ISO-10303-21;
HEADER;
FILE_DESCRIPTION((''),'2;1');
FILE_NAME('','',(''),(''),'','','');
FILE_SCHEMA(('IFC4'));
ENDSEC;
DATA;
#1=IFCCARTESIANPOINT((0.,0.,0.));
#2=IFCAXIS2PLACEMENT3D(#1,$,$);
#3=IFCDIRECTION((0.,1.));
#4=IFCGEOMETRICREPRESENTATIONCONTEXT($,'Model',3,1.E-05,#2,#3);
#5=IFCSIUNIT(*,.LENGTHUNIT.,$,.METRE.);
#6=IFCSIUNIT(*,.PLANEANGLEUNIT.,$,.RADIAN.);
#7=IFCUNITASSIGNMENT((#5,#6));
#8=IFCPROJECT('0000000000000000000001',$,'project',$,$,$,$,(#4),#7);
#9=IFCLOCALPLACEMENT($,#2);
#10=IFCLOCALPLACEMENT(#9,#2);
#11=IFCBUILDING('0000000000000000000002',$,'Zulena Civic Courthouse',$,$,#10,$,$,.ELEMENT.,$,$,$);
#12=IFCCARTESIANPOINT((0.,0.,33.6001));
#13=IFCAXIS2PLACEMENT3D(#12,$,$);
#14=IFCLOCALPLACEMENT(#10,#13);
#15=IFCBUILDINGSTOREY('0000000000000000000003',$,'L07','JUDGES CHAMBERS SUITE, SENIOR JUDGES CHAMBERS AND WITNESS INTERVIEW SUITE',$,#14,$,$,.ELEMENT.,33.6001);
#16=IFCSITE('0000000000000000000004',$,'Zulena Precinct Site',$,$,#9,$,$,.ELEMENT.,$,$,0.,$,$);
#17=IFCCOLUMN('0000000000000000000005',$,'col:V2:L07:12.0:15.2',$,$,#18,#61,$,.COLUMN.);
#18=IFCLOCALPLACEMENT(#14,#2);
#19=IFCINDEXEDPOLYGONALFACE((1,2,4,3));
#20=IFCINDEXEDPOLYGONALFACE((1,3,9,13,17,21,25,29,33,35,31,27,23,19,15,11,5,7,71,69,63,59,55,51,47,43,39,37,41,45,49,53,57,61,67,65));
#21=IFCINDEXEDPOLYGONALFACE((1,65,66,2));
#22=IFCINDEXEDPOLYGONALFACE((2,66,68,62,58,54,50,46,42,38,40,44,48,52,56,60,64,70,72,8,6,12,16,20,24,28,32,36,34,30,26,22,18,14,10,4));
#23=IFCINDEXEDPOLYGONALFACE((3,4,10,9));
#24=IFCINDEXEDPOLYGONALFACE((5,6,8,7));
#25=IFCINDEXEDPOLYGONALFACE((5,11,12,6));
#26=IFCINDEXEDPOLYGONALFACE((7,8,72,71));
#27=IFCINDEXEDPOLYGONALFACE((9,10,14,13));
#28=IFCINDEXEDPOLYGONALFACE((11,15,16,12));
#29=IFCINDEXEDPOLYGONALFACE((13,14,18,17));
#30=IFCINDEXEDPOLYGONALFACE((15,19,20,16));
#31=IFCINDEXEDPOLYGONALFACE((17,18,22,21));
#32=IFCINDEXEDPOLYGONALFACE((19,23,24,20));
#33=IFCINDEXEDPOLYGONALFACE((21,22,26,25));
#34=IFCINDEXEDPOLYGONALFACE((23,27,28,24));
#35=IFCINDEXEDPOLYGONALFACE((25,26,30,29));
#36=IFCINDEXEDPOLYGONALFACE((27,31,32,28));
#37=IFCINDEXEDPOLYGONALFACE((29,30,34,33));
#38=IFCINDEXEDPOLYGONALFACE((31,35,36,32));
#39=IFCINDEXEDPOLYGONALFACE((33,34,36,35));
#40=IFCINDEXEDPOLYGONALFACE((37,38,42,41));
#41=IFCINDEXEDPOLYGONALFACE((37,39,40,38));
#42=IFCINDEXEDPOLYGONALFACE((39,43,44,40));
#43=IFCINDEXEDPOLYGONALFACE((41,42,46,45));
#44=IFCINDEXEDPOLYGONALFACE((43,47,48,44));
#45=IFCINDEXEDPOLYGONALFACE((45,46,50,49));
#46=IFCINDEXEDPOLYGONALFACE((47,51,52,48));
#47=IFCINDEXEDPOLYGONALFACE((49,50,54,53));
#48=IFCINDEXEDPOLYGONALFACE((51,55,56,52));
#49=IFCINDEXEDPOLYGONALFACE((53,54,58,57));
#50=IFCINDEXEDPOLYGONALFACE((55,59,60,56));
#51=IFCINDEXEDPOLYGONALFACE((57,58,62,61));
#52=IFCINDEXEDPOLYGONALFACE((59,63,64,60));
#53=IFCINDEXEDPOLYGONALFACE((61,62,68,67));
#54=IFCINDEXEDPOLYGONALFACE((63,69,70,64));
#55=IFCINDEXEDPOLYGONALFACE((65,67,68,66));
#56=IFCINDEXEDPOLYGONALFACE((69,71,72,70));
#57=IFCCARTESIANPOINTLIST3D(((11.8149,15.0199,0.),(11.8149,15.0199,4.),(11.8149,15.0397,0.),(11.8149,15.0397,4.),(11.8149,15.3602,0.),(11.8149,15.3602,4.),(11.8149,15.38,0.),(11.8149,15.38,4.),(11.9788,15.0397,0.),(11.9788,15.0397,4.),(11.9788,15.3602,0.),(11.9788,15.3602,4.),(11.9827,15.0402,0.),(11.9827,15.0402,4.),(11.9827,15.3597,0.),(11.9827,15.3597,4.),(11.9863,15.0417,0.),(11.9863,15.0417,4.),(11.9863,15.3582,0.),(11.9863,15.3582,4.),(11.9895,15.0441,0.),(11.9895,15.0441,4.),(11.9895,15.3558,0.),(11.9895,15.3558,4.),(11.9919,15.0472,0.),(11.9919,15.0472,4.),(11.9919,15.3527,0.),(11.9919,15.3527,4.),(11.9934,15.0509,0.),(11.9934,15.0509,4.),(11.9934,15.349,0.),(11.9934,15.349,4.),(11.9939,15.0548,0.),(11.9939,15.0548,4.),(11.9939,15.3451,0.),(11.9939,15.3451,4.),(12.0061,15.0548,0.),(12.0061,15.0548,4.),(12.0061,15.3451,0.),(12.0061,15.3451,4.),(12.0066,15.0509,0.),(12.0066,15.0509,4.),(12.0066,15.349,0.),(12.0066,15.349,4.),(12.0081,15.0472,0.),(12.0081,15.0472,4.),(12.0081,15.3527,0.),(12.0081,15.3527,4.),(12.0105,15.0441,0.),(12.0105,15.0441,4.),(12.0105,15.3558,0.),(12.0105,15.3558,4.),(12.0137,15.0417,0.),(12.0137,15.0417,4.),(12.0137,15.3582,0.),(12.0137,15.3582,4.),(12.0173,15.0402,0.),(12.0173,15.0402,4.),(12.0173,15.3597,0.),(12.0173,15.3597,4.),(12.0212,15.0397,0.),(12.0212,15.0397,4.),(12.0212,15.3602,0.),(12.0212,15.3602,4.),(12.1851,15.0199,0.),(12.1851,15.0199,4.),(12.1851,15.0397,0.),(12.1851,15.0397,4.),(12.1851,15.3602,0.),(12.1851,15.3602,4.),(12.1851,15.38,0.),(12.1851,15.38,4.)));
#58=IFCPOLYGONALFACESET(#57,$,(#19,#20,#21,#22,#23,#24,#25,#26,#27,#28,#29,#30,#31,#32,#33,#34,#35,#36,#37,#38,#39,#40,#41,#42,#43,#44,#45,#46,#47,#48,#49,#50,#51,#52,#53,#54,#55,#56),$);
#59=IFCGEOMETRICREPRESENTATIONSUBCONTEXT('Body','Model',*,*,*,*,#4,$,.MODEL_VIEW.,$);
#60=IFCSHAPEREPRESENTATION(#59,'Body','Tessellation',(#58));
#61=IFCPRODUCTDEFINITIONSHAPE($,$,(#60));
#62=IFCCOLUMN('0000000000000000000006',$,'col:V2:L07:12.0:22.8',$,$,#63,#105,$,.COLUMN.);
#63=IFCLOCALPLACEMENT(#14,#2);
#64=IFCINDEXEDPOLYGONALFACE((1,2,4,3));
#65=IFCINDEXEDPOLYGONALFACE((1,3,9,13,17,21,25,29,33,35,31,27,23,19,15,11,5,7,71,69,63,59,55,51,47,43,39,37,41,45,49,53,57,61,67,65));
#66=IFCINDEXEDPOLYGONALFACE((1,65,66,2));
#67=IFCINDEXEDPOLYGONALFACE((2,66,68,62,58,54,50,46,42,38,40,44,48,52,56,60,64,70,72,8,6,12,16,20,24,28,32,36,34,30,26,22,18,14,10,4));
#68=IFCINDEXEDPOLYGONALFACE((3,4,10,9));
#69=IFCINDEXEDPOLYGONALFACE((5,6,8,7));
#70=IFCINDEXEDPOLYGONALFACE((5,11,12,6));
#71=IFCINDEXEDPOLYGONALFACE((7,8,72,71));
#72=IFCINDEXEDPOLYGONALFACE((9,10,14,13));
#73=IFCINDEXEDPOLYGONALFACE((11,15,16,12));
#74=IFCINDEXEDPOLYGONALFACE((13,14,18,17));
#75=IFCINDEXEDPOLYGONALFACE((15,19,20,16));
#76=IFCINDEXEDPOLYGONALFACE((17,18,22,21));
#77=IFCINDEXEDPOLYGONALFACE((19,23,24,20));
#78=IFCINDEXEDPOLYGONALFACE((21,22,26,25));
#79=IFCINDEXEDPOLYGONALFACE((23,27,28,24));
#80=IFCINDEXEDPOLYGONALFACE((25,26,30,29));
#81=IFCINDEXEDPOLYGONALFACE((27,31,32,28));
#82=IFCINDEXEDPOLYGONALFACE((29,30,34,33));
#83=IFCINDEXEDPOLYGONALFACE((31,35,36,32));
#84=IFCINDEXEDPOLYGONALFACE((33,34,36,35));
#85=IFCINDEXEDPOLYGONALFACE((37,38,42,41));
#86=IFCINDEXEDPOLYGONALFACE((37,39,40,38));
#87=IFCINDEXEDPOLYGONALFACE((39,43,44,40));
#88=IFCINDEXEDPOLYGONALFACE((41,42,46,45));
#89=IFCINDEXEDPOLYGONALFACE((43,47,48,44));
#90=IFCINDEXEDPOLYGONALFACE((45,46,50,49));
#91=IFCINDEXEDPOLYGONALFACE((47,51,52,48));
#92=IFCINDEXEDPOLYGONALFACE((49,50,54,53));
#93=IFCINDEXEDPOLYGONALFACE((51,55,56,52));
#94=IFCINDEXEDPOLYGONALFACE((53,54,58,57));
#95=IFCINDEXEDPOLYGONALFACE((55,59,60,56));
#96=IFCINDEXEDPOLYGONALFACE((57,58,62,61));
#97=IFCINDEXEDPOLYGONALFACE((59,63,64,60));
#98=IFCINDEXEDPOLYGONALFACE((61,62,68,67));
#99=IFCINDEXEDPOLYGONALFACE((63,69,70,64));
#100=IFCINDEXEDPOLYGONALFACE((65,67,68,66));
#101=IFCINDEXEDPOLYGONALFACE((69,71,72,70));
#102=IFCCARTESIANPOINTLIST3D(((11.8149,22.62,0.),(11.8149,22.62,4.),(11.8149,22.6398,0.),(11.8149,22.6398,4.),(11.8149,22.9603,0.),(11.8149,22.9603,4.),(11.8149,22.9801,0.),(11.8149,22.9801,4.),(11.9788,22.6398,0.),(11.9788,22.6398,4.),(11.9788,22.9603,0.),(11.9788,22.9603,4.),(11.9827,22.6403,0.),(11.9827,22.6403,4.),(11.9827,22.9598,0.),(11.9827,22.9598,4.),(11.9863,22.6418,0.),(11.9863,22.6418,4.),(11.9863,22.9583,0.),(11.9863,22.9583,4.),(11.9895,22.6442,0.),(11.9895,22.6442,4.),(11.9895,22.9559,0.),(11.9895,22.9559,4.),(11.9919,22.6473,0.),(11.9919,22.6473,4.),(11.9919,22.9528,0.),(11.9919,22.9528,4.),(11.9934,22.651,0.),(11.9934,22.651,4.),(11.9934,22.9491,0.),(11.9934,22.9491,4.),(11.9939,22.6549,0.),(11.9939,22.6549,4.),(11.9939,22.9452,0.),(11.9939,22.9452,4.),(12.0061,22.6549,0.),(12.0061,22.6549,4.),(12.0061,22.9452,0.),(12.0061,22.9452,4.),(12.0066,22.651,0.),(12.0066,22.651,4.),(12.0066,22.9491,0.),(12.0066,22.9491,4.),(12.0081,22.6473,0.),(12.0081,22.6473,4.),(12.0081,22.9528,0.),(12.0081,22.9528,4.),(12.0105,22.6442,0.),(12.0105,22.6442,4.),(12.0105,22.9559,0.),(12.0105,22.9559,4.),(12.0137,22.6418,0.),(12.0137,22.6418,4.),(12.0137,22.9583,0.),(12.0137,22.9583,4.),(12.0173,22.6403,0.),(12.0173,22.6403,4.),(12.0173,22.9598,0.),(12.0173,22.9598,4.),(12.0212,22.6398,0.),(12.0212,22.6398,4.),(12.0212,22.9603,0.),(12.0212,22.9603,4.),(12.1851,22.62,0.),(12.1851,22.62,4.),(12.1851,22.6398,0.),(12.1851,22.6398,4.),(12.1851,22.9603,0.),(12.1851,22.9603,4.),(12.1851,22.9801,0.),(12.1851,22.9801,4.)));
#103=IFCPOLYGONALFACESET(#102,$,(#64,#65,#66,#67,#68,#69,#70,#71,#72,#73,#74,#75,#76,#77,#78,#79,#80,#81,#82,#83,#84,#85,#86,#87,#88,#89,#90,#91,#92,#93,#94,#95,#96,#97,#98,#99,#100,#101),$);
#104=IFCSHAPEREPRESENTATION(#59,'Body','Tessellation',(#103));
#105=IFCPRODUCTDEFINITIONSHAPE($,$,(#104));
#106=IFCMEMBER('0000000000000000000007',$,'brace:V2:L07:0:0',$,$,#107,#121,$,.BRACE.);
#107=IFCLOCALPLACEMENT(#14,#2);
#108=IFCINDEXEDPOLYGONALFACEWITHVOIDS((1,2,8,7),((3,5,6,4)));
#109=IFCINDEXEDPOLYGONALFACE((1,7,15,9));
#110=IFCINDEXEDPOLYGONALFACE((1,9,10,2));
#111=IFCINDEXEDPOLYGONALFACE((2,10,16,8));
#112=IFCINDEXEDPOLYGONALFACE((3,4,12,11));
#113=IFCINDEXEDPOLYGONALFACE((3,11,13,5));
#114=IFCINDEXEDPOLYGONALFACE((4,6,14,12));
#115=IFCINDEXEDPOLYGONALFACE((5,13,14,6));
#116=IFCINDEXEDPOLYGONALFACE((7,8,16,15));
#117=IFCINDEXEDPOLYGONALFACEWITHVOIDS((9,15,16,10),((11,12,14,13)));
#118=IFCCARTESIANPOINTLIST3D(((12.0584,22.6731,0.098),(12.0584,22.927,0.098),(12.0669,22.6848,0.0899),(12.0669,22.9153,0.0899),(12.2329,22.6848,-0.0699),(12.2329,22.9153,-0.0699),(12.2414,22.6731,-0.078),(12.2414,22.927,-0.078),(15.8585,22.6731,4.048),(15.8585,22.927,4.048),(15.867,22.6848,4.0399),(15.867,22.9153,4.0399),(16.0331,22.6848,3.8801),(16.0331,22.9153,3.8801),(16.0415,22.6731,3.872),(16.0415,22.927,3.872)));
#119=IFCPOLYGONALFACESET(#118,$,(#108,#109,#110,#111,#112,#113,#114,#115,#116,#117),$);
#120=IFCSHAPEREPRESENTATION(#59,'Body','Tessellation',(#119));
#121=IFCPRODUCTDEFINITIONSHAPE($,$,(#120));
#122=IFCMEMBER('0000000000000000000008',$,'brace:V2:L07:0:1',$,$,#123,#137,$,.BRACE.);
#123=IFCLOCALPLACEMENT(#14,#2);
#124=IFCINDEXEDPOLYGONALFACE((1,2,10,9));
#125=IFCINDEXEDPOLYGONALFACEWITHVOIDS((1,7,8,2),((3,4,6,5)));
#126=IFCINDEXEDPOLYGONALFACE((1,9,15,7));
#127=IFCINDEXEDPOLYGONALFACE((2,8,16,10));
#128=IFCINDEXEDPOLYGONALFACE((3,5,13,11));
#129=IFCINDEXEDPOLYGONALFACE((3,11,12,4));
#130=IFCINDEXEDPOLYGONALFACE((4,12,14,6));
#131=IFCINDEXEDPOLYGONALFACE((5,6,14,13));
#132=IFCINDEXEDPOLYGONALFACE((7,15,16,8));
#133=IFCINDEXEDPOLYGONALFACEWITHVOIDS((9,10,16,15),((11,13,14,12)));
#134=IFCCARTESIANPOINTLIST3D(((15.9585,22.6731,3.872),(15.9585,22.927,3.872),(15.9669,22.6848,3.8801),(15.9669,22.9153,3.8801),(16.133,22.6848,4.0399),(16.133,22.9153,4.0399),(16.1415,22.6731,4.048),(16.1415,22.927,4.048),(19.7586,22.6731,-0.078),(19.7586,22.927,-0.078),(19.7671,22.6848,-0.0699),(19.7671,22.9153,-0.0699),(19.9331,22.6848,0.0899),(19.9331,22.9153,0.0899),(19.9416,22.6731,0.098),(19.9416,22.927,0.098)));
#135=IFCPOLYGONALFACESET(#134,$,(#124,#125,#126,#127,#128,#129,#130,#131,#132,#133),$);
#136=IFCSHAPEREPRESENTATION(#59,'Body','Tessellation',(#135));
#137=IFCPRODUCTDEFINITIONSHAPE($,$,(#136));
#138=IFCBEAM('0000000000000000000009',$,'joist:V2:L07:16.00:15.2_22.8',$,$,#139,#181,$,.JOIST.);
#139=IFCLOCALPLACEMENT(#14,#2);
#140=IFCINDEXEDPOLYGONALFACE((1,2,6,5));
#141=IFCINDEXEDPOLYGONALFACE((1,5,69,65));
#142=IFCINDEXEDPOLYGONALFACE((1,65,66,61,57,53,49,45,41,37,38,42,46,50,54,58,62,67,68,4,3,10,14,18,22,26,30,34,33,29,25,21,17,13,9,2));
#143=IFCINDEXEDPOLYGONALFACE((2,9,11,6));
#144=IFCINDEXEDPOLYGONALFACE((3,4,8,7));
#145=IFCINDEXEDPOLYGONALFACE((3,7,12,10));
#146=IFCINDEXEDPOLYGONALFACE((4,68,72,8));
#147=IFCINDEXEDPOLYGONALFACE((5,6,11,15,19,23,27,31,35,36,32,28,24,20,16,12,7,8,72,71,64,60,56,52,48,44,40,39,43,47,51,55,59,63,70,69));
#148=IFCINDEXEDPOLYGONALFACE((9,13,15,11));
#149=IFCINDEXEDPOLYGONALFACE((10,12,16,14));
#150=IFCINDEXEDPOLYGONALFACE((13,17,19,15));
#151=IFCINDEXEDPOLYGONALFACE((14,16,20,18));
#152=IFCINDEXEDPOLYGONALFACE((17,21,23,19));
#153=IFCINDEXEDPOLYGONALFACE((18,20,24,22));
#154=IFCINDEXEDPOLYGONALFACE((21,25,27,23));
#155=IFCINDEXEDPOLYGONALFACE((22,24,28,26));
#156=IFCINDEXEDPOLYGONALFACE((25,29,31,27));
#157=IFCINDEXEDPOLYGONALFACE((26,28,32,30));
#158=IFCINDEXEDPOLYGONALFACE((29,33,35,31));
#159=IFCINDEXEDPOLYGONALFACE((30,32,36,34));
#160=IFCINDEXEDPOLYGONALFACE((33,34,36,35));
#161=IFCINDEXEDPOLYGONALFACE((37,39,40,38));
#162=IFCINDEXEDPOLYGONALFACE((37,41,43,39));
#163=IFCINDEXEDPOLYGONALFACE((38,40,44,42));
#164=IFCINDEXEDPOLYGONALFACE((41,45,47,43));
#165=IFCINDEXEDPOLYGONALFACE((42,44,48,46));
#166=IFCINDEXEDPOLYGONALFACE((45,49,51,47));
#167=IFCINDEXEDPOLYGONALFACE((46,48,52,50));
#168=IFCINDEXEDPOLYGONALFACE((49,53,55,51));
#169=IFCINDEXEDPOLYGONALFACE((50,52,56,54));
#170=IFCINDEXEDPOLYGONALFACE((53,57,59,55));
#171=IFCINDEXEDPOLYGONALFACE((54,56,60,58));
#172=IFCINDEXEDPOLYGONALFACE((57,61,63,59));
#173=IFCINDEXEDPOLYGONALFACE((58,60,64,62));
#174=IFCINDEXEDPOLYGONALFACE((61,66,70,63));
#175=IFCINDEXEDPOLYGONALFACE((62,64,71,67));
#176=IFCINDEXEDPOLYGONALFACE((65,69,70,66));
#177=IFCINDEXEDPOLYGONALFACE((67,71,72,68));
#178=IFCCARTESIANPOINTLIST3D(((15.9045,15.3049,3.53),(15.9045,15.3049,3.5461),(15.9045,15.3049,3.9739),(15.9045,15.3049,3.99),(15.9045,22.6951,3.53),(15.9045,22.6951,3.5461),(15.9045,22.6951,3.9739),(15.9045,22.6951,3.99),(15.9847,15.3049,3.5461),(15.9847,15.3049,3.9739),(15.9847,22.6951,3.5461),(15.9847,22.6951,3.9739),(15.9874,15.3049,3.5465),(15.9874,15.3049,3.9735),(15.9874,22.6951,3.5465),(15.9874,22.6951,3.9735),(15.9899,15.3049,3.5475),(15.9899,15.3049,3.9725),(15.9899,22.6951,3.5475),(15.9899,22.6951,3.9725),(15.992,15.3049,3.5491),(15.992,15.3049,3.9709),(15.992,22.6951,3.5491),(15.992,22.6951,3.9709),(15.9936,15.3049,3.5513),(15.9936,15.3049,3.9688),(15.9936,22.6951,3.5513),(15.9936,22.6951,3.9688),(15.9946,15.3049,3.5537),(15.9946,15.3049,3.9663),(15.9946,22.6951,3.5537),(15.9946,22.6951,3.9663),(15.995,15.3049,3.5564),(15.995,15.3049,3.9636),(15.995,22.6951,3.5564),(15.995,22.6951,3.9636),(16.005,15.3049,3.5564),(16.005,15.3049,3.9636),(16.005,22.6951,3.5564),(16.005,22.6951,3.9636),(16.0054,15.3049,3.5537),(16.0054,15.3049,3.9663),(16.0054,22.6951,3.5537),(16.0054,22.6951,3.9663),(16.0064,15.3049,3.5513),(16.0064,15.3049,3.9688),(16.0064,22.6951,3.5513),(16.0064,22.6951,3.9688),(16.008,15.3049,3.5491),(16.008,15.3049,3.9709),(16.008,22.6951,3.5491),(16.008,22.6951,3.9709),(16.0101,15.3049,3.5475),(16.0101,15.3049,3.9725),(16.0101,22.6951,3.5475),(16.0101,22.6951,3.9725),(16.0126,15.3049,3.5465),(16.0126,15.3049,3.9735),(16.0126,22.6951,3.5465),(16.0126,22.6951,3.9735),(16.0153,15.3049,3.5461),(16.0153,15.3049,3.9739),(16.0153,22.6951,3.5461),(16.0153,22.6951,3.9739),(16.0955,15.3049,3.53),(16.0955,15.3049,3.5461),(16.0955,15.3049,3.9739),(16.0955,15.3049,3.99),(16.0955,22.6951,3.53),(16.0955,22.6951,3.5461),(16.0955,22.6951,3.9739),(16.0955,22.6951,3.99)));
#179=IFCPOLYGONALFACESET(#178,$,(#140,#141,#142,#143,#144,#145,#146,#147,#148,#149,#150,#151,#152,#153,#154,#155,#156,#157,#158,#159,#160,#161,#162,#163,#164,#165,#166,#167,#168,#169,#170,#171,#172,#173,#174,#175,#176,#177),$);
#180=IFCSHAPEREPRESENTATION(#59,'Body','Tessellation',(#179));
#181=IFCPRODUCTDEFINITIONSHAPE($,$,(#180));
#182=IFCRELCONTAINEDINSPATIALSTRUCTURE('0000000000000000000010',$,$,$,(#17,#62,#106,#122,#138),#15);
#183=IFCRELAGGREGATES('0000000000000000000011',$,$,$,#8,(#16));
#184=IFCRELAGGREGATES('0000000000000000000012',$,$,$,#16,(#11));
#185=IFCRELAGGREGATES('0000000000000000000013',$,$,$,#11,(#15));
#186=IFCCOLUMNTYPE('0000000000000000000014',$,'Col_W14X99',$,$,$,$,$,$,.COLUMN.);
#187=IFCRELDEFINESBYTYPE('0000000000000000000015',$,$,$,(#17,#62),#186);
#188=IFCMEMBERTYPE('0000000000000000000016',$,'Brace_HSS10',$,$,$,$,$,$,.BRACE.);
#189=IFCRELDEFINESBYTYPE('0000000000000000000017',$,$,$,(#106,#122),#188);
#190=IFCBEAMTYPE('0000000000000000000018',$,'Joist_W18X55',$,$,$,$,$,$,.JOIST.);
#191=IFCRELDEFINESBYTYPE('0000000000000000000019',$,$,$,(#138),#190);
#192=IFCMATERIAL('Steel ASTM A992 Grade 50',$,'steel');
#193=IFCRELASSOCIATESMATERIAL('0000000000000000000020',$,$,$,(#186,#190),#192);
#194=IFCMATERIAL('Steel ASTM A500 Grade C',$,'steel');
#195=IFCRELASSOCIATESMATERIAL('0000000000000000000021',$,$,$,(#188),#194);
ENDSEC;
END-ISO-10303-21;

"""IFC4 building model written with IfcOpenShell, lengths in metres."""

from ifc_helpers import new_model, si_unit, direction, frame, origin, origin_2d, place, context, subcontext, project, spatial, hollow_rectangle, i_section, extrude, material, material_profile, profile_set, type_object, element, save


model = new_model("IFC4")

# Units and contexts
model_context = context("Model", 3, precision=1e-05, world=origin(), true_north=direction((0.0, 1.0)))
body_context = subcontext(model_context, "Body", "Model", "MODEL_VIEW")
ifc_project = project(units=[si_unit("LENGTHUNIT", "METRE"), si_unit("PLANEANGLEUNIT", "RADIAN")], contexts=[model_context])

# Site, building, storey
site_placement = place(None, origin())
site = spatial("IfcSite", under=ifc_project, at=site_placement, Name="Zulena Precinct Site", CompositionType="ELEMENT", RefElevation=0.0)
building_placement = place(site_placement, origin())
building = spatial("IfcBuilding", under=site, at=building_placement, Name="Zulena Civic Courthouse", CompositionType="ELEMENT")
storey_placement = place(building_placement, frame((0.0, 0.0, 33.6001)))
storey = spatial("IfcBuildingStorey", under=building, at=storey_placement, Name="L07", Description="JUDGES CHAMBERS SUITE, SENIOR JUDGES CHAMBERS AND WITNESS INTERVIEW SUITE", CompositionType="ELEMENT", Elevation=33.6001)

# Columns
ifc_material_1 = material(Name="Steel ASTM A992 Grade 50", Category="steel")
ifc_material_profile_1 = material_profile(ifc_material_1, i_section(OverallWidth=0.3701, OverallDepth=0.3601, WebThickness=0.0122, FlangeThickness=0.0198, FilletRadius=0.0151, at=origin_2d()), Name="W14X99")
ifc_profile_set_1 = profile_set([ifc_material_profile_1], Name="Steel ASTM A992 Grade 50")
column_type = type_object("IfcColumnType", Name="Col_W14X99", PredefinedType="COLUMN", material=ifc_profile_set_1)
for number, where, z_axis, x_axis, name in (
    (1, (12.0, 15.2, 0.0), (0.0, 0.0, 1.0), (1.0, 0.0, 0.0), "col:V2:L07:12.0:15.2"),
    (2, (12.0, 22.8, 0.0), (0.0, 0.0, 1.0), (1.0, 0.0, 0.0), "col:V2:L07:12.0:22.8"),
):
    element("IfcColumn", number, at=place(storey_placement, frame(where, z_axis=z_axis, x_axis=x_axis)), inside=storey, type_object=column_type, Name=name, PredefinedType="COLUMN", context=body_context, shape_type="SweptSolid", body=[
        extrude(i_section(OverallWidth=0.3701, OverallDepth=0.3601, WebThickness=0.0122, FlangeThickness=0.0198, FilletRadius=0.0151, at=origin_2d()), origin(), (0.0, 0.0, 1.0), 4.0),
    ])

# Members
ifc_material_2 = material(Name="Steel ASTM A500 Grade C", Category="steel")
ifc_material_profile_2 = material_profile(ifc_material_2, hollow_rectangle(XDim=0.2539, YDim=0.2539, WallThickness=0.0117, at=origin_2d()), Name="HSS10X10X1/2")
ifc_profile_set_2 = profile_set([ifc_material_profile_2], Name="Steel ASTM A500 Grade C")
member_type = type_object("IfcMemberType", Name="Brace_HSS10", PredefinedType="BRACE", material=ifc_profile_set_2)
for number, where, z_axis, x_axis, name in (
    (3, (12.1499, 22.8, 0.01), (0.6933, 0.0, 0.720649), (0.0, 1.0, 0.0), "brace:V2:L07:0:0"),
    (4, (19.8501, 22.8, 0.01), (-0.6933, 0.0, 0.720649), (0.0, -1.0, 0.0), "brace:V2:L07:0:1"),
):
    element("IfcMember", number, at=place(storey_placement, frame(where, z_axis=z_axis, x_axis=x_axis)), inside=storey, type_object=member_type, Name=name, PredefinedType="BRACE", context=body_context, shape_type="SweptSolid", body=[
        extrude(hollow_rectangle(XDim=0.2539, YDim=0.2539, WallThickness=0.0117, at=origin_2d()), origin(), (0.0, 0.0, 1.0), 5.4812),
    ])

# Beam
ifc_material_profile_3 = material_profile(ifc_material_1, i_section(OverallWidth=0.1909, OverallDepth=0.46, WebThickness=0.01, FlangeThickness=0.0161, FilletRadius=0.0103, at=origin_2d()), Name="W18X55")
ifc_profile_set_3 = profile_set([ifc_material_profile_3], Name="Steel ASTM A992 Grade 50")
beam_type_1 = type_object("IfcBeamType", Name="Joist_W18X55", PredefinedType="JOIST", material=ifc_profile_set_3)
beam_1_placement = place(storey_placement, frame((16.0, 15.3049, 3.76), z_axis=(0.0, 1.0, 0.0), x_axis=(-1.0, 0.0, 0.0)))
element("IfcBeam", 5, at=beam_1_placement, inside=storey, type_object=beam_type_1, Name="joist:V2:L07:16.00:15.2_22.8", PredefinedType="JOIST", context=body_context, shape_type="SweptSolid", body=[
    extrude(i_section(OverallWidth=0.1909, OverallDepth=0.46, WebThickness=0.01, FlangeThickness=0.0161, FilletRadius=0.0103, at=origin_2d()), origin(), (0.0, 0.0, 1.0), 7.3901),
])

save(model, "model.ifc")
